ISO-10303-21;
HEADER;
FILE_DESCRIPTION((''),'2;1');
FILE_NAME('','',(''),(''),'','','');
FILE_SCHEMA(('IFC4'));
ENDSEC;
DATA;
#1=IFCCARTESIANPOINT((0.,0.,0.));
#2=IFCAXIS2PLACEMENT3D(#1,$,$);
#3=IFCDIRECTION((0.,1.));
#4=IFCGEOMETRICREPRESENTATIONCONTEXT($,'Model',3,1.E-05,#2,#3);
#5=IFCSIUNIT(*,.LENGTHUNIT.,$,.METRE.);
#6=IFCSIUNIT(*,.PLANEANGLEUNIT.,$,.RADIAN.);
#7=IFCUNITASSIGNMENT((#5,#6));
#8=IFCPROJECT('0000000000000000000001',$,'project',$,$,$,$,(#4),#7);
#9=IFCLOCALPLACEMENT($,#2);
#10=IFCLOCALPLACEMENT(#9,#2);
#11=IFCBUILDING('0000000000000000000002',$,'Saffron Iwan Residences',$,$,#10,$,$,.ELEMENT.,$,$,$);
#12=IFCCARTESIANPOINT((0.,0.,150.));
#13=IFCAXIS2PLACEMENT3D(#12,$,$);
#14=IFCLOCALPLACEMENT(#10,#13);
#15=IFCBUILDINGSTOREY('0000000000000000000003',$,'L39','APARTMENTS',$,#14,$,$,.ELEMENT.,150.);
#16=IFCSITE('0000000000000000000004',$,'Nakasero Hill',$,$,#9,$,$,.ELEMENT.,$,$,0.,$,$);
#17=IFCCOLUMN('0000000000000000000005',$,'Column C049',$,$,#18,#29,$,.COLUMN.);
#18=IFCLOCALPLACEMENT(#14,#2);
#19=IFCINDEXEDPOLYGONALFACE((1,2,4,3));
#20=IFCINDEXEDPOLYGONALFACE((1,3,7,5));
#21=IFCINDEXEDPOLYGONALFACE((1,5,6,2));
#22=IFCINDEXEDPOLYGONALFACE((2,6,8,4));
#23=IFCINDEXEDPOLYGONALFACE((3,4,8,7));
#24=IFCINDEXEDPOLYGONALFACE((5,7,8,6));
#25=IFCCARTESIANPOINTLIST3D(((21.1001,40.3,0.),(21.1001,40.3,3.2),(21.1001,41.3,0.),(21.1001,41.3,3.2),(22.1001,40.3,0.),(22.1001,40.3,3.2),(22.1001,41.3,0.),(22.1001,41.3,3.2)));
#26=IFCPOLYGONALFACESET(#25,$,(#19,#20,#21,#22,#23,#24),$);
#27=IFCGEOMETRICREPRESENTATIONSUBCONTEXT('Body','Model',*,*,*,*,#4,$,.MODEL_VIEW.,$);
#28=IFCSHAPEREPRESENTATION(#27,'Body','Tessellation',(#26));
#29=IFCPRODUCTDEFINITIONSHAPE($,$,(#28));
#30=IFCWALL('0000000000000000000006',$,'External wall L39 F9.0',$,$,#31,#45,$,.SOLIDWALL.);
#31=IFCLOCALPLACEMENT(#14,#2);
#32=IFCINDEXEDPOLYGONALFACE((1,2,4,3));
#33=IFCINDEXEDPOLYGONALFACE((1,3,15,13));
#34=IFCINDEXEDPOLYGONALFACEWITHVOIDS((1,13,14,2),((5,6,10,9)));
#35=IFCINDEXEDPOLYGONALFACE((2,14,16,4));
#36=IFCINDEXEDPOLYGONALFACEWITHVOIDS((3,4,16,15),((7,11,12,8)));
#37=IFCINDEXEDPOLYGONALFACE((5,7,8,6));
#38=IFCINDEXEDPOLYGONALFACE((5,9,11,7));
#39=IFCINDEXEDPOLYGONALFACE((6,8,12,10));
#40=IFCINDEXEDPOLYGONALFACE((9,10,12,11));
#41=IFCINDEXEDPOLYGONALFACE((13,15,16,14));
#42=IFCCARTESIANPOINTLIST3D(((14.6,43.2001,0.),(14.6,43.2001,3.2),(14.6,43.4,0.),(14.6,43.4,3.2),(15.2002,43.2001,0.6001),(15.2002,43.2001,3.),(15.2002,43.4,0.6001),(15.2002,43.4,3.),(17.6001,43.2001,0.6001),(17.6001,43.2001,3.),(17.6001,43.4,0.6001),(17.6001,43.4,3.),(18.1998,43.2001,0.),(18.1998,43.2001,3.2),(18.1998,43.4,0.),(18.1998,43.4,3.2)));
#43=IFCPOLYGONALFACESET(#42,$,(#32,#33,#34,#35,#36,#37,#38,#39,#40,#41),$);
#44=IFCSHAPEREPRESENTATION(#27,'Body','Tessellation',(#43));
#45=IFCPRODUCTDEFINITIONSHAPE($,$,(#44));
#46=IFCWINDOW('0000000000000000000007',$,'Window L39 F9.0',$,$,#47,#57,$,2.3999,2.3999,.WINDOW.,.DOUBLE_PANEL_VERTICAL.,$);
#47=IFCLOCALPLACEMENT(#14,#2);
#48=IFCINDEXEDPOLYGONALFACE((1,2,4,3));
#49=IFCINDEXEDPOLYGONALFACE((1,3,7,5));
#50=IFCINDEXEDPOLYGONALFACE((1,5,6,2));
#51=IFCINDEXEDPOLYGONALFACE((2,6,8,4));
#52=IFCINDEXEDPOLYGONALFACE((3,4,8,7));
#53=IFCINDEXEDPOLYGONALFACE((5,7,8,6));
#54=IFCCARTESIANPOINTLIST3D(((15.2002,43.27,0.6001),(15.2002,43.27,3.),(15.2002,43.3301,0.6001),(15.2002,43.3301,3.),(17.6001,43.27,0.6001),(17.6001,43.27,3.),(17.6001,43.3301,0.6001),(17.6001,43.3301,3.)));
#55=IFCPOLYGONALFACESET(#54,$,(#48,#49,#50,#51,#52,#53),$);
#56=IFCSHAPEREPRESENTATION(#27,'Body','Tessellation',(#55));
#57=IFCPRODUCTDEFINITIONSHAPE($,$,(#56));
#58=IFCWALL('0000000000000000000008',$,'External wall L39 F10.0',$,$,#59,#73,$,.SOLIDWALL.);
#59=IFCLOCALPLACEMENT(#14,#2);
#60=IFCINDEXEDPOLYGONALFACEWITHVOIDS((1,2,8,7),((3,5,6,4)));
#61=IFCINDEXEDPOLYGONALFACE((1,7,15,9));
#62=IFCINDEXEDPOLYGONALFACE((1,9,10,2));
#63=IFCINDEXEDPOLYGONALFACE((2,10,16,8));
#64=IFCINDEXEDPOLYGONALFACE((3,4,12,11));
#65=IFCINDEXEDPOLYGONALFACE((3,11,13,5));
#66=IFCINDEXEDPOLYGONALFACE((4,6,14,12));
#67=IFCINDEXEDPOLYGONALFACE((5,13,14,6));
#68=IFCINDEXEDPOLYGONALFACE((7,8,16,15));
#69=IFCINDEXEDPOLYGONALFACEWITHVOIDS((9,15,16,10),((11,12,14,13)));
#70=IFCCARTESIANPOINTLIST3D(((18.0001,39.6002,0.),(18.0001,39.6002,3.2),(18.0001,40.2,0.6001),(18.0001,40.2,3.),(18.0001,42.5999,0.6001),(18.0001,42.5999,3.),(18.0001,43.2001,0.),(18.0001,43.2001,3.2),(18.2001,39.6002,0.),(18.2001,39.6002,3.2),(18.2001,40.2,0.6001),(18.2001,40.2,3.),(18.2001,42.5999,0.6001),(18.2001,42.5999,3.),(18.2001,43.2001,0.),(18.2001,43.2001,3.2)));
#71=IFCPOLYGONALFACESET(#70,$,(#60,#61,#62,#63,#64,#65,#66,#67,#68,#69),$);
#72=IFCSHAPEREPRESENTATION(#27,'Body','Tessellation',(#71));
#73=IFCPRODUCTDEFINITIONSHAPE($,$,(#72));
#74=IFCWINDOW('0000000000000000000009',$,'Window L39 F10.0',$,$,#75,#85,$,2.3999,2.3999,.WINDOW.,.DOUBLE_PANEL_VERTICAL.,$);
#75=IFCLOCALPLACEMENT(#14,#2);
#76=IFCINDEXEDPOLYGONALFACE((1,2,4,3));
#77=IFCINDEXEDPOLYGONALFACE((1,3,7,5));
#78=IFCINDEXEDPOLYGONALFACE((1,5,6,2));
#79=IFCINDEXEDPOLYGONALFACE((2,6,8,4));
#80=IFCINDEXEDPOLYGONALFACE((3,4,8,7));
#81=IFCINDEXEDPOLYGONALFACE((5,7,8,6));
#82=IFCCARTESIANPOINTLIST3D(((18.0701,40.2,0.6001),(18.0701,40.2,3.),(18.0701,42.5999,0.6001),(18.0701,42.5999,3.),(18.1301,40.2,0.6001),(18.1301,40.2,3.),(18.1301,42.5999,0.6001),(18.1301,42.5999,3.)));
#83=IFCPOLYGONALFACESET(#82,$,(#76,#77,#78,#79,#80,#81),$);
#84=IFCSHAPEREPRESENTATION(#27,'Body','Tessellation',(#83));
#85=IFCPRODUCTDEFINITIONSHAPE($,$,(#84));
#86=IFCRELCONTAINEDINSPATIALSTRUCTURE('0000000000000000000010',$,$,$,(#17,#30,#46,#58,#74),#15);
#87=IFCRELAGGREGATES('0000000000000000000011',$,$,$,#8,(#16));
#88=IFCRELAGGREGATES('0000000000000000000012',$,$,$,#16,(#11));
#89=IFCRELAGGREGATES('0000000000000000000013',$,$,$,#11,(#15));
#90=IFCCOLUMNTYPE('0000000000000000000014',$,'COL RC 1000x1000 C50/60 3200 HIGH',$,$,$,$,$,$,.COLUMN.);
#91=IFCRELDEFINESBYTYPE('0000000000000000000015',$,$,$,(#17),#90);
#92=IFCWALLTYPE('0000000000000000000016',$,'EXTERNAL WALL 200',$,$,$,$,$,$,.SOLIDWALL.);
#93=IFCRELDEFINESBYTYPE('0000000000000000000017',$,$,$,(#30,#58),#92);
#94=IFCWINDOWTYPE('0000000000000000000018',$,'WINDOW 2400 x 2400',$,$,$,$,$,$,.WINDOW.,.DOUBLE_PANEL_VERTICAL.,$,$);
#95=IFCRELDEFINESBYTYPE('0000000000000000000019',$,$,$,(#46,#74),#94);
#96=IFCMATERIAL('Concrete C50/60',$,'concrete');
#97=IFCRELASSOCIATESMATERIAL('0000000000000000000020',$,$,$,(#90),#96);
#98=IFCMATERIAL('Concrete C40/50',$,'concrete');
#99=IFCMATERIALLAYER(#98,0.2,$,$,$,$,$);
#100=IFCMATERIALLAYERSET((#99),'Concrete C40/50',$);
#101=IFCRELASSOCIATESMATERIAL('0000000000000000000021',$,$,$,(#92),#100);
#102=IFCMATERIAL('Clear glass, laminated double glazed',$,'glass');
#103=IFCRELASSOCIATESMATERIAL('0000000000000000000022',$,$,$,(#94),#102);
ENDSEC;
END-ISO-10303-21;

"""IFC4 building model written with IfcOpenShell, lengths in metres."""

from ifc_helpers import new_model, si_unit, direction, frame, frame_2d, origin, origin_2d, place, context, subcontext, project, spatial, rectangle, extrude, source, transform, mapped, material, layer, layer_set, material_profile, profile_set, type_object, element, fill, save


model = new_model("IFC4")

# Units and contexts
model_context = context("Model", 3, precision=1e-05, world=origin(), true_north=direction((0.0, 1.0)))
body_context = subcontext(model_context, "Body", "Model", "MODEL_VIEW")
ifc_project = project(units=[si_unit("LENGTHUNIT", "METRE"), si_unit("PLANEANGLEUNIT", "RADIAN")], contexts=[model_context])

# Site, building, storey
site_placement = place(None, origin())
site = spatial("IfcSite", under=ifc_project, at=site_placement, Name="Nakasero Hill", CompositionType="ELEMENT", RefElevation=0.0)
building_placement = place(site_placement, origin())
building = spatial("IfcBuilding", under=site, at=building_placement, Name="Saffron Iwan Residences", CompositionType="ELEMENT")
storey_placement = place(building_placement, frame((0.0, 0.0, 150.0)))
storey = spatial("IfcBuildingStorey", under=building, at=storey_placement, Name="L39", Description="APARTMENTS", CompositionType="ELEMENT", Elevation=150.0)

# Column
ifc_material_1 = material(Name="Concrete C50/60", Category="concrete")
ifc_material_profile = material_profile(ifc_material_1, rectangle(XDim=1.0, YDim=1.0, at=origin_2d()), Name="RC 1000x1000")
ifc_profile_set = profile_set([ifc_material_profile], Name="Concrete C50/60")
column_type = type_object("IfcColumnType", Name="COL RC 1000x1000 C50/60 3200 HIGH", PredefinedType="COLUMN", material=ifc_profile_set)
shared_shape = source(origin(), body_context, "Body", "SweptSolid", [
    extrude(rectangle(XDim=1.0, YDim=1.0, at=origin_2d()), origin(), (0.0, 0.0, 1.0), 3.2),
])
column_placement = place(storey_placement, frame((21.6001, 40.8, 0.0), z_axis=(0.0, 0.0, 1.0), x_axis=(1.0, 0.0, 0.0)))
element("IfcColumn", 1, at=column_placement, inside=storey, type_object=column_type, Name="Column C049", PredefinedType="COLUMN", context=body_context, shape_type="MappedRepresentation", body=[
    mapped(shared_shape, transform((0.0, 0.0, 0.0))),
])

# Walls, openings, windows
ifc_material_2 = material(Name="Concrete C40/50", Category="concrete")
ifc_layer = layer(ifc_material_2, 0.2)
ifc_layer_set = layer_set([ifc_layer], Name="Concrete C40/50")
wall_type = type_object("IfcWallType", Name="EXTERNAL WALL 200", PredefinedType="SOLIDWALL", material=ifc_layer_set)
wall_1_placement = place(storey_placement, frame((14.6001, 43.3, 0.0), z_axis=(0.0, 0.0, 1.0), x_axis=(1.0, 0.0, 0.0)))
wall_1 = element("IfcWall", 2, at=wall_1_placement, inside=storey, type_object=wall_type, Name="External wall L39 F9.0", PredefinedType="SOLIDWALL", context=body_context, shape_type="SweptSolid", body=[
    extrude(rectangle(XDim=3.5999, YDim=0.2, at=frame_2d((1.7998, 0.0))), origin(), (0.0, 0.0, 1.0), 3.2),
])
opening_1_placement = place(wall_1_placement, frame((0.6001, 0.0, 0.6001)))
opening_1 = element("IfcOpeningElement", 3, at=opening_1_placement, cuts=wall_1, PredefinedType="OPENING", context=body_context, shape_type="SweptSolid", body=[
    extrude(rectangle(XDim=2.3999, YDim=2.3999, at=frame_2d((1.2, 1.2))), frame((0.0, 0.1099, 0.0), z_axis=(0.0, -1.0, 0.0), x_axis=(1.0, 0.0, 0.0)), (0.0, 0.0, 1.0), 0.22),
])
ifc_material_3 = material(Name="Clear glass, laminated double glazed", Category="glass")
window_type_1 = type_object("IfcWindowType", Name="WINDOW 2400 x 2400", PartitioningType="DOUBLE_PANEL_VERTICAL", PredefinedType="WINDOW", material=ifc_material_3)
window_1_placement = place(opening_1_placement, origin())
window_1 = element("IfcWindow", 4, at=window_1_placement, inside=storey, type_object=window_type_1, Name="Window L39 F9.0", OverallHeight=2.3999, OverallWidth=2.3999, PartitioningType="DOUBLE_PANEL_VERTICAL", PredefinedType="WINDOW", context=body_context, shape_type="SweptSolid", body=[
    extrude(rectangle(XDim=2.3999, YDim=2.3999, at=frame_2d((1.2, 1.2))), frame((0.0, 0.03, 0.0), z_axis=(0.0, -1.0, 0.0), x_axis=(1.0, 0.0, 0.0)), (0.0, 0.0, 1.0), 0.0601),
])
fill(opening_1, window_1)
wall_2_placement = place(storey_placement, frame((18.1001, 43.2, 0.0), z_axis=(0.0, 0.0, 1.0), x_axis=(0.0, -1.0, 0.0)))
wall_2 = element("IfcWall", 5, at=wall_2_placement, inside=storey, type_object=wall_type, Name="External wall L39 F10.0", PredefinedType="SOLIDWALL", context=body_context, shape_type="SweptSolid", body=[
    extrude(rectangle(XDim=3.5999, YDim=0.2, at=frame_2d((1.7998, 0.0))), origin(), (0.0, 0.0, 1.0), 3.2),
])
opening_2_placement = place(wall_2_placement, frame((0.6001, 0.0, 0.6001)))
opening_2 = element("IfcOpeningElement", 6, at=opening_2_placement, cuts=wall_2, PredefinedType="OPENING", context=body_context, shape_type="SweptSolid", body=[
    extrude(rectangle(XDim=2.3999, YDim=2.3999, at=frame_2d((1.2, 1.2))), frame((0.0, 0.1099, 0.0), z_axis=(0.0, -1.0, 0.0), x_axis=(1.0, 0.0, 0.0)), (0.0, 0.0, 1.0), 0.22),
])
window_2_placement = place(opening_2_placement, origin())
window_2 = element("IfcWindow", 7, at=window_2_placement, inside=storey, type_object=window_type_1, Name="Window L39 F10.0", OverallHeight=2.3999, OverallWidth=2.3999, PartitioningType="DOUBLE_PANEL_VERTICAL", PredefinedType="WINDOW", context=body_context, shape_type="SweptSolid", body=[
    extrude(rectangle(XDim=2.3999, YDim=2.3999, at=frame_2d((1.2, 1.2))), frame((0.0, 0.03, 0.0), z_axis=(0.0, -1.0, 0.0), x_axis=(1.0, 0.0, 0.0)), (0.0, 0.0, 1.0), 0.0601),
])
fill(opening_2, window_2)

save(model, "model.ifc")
